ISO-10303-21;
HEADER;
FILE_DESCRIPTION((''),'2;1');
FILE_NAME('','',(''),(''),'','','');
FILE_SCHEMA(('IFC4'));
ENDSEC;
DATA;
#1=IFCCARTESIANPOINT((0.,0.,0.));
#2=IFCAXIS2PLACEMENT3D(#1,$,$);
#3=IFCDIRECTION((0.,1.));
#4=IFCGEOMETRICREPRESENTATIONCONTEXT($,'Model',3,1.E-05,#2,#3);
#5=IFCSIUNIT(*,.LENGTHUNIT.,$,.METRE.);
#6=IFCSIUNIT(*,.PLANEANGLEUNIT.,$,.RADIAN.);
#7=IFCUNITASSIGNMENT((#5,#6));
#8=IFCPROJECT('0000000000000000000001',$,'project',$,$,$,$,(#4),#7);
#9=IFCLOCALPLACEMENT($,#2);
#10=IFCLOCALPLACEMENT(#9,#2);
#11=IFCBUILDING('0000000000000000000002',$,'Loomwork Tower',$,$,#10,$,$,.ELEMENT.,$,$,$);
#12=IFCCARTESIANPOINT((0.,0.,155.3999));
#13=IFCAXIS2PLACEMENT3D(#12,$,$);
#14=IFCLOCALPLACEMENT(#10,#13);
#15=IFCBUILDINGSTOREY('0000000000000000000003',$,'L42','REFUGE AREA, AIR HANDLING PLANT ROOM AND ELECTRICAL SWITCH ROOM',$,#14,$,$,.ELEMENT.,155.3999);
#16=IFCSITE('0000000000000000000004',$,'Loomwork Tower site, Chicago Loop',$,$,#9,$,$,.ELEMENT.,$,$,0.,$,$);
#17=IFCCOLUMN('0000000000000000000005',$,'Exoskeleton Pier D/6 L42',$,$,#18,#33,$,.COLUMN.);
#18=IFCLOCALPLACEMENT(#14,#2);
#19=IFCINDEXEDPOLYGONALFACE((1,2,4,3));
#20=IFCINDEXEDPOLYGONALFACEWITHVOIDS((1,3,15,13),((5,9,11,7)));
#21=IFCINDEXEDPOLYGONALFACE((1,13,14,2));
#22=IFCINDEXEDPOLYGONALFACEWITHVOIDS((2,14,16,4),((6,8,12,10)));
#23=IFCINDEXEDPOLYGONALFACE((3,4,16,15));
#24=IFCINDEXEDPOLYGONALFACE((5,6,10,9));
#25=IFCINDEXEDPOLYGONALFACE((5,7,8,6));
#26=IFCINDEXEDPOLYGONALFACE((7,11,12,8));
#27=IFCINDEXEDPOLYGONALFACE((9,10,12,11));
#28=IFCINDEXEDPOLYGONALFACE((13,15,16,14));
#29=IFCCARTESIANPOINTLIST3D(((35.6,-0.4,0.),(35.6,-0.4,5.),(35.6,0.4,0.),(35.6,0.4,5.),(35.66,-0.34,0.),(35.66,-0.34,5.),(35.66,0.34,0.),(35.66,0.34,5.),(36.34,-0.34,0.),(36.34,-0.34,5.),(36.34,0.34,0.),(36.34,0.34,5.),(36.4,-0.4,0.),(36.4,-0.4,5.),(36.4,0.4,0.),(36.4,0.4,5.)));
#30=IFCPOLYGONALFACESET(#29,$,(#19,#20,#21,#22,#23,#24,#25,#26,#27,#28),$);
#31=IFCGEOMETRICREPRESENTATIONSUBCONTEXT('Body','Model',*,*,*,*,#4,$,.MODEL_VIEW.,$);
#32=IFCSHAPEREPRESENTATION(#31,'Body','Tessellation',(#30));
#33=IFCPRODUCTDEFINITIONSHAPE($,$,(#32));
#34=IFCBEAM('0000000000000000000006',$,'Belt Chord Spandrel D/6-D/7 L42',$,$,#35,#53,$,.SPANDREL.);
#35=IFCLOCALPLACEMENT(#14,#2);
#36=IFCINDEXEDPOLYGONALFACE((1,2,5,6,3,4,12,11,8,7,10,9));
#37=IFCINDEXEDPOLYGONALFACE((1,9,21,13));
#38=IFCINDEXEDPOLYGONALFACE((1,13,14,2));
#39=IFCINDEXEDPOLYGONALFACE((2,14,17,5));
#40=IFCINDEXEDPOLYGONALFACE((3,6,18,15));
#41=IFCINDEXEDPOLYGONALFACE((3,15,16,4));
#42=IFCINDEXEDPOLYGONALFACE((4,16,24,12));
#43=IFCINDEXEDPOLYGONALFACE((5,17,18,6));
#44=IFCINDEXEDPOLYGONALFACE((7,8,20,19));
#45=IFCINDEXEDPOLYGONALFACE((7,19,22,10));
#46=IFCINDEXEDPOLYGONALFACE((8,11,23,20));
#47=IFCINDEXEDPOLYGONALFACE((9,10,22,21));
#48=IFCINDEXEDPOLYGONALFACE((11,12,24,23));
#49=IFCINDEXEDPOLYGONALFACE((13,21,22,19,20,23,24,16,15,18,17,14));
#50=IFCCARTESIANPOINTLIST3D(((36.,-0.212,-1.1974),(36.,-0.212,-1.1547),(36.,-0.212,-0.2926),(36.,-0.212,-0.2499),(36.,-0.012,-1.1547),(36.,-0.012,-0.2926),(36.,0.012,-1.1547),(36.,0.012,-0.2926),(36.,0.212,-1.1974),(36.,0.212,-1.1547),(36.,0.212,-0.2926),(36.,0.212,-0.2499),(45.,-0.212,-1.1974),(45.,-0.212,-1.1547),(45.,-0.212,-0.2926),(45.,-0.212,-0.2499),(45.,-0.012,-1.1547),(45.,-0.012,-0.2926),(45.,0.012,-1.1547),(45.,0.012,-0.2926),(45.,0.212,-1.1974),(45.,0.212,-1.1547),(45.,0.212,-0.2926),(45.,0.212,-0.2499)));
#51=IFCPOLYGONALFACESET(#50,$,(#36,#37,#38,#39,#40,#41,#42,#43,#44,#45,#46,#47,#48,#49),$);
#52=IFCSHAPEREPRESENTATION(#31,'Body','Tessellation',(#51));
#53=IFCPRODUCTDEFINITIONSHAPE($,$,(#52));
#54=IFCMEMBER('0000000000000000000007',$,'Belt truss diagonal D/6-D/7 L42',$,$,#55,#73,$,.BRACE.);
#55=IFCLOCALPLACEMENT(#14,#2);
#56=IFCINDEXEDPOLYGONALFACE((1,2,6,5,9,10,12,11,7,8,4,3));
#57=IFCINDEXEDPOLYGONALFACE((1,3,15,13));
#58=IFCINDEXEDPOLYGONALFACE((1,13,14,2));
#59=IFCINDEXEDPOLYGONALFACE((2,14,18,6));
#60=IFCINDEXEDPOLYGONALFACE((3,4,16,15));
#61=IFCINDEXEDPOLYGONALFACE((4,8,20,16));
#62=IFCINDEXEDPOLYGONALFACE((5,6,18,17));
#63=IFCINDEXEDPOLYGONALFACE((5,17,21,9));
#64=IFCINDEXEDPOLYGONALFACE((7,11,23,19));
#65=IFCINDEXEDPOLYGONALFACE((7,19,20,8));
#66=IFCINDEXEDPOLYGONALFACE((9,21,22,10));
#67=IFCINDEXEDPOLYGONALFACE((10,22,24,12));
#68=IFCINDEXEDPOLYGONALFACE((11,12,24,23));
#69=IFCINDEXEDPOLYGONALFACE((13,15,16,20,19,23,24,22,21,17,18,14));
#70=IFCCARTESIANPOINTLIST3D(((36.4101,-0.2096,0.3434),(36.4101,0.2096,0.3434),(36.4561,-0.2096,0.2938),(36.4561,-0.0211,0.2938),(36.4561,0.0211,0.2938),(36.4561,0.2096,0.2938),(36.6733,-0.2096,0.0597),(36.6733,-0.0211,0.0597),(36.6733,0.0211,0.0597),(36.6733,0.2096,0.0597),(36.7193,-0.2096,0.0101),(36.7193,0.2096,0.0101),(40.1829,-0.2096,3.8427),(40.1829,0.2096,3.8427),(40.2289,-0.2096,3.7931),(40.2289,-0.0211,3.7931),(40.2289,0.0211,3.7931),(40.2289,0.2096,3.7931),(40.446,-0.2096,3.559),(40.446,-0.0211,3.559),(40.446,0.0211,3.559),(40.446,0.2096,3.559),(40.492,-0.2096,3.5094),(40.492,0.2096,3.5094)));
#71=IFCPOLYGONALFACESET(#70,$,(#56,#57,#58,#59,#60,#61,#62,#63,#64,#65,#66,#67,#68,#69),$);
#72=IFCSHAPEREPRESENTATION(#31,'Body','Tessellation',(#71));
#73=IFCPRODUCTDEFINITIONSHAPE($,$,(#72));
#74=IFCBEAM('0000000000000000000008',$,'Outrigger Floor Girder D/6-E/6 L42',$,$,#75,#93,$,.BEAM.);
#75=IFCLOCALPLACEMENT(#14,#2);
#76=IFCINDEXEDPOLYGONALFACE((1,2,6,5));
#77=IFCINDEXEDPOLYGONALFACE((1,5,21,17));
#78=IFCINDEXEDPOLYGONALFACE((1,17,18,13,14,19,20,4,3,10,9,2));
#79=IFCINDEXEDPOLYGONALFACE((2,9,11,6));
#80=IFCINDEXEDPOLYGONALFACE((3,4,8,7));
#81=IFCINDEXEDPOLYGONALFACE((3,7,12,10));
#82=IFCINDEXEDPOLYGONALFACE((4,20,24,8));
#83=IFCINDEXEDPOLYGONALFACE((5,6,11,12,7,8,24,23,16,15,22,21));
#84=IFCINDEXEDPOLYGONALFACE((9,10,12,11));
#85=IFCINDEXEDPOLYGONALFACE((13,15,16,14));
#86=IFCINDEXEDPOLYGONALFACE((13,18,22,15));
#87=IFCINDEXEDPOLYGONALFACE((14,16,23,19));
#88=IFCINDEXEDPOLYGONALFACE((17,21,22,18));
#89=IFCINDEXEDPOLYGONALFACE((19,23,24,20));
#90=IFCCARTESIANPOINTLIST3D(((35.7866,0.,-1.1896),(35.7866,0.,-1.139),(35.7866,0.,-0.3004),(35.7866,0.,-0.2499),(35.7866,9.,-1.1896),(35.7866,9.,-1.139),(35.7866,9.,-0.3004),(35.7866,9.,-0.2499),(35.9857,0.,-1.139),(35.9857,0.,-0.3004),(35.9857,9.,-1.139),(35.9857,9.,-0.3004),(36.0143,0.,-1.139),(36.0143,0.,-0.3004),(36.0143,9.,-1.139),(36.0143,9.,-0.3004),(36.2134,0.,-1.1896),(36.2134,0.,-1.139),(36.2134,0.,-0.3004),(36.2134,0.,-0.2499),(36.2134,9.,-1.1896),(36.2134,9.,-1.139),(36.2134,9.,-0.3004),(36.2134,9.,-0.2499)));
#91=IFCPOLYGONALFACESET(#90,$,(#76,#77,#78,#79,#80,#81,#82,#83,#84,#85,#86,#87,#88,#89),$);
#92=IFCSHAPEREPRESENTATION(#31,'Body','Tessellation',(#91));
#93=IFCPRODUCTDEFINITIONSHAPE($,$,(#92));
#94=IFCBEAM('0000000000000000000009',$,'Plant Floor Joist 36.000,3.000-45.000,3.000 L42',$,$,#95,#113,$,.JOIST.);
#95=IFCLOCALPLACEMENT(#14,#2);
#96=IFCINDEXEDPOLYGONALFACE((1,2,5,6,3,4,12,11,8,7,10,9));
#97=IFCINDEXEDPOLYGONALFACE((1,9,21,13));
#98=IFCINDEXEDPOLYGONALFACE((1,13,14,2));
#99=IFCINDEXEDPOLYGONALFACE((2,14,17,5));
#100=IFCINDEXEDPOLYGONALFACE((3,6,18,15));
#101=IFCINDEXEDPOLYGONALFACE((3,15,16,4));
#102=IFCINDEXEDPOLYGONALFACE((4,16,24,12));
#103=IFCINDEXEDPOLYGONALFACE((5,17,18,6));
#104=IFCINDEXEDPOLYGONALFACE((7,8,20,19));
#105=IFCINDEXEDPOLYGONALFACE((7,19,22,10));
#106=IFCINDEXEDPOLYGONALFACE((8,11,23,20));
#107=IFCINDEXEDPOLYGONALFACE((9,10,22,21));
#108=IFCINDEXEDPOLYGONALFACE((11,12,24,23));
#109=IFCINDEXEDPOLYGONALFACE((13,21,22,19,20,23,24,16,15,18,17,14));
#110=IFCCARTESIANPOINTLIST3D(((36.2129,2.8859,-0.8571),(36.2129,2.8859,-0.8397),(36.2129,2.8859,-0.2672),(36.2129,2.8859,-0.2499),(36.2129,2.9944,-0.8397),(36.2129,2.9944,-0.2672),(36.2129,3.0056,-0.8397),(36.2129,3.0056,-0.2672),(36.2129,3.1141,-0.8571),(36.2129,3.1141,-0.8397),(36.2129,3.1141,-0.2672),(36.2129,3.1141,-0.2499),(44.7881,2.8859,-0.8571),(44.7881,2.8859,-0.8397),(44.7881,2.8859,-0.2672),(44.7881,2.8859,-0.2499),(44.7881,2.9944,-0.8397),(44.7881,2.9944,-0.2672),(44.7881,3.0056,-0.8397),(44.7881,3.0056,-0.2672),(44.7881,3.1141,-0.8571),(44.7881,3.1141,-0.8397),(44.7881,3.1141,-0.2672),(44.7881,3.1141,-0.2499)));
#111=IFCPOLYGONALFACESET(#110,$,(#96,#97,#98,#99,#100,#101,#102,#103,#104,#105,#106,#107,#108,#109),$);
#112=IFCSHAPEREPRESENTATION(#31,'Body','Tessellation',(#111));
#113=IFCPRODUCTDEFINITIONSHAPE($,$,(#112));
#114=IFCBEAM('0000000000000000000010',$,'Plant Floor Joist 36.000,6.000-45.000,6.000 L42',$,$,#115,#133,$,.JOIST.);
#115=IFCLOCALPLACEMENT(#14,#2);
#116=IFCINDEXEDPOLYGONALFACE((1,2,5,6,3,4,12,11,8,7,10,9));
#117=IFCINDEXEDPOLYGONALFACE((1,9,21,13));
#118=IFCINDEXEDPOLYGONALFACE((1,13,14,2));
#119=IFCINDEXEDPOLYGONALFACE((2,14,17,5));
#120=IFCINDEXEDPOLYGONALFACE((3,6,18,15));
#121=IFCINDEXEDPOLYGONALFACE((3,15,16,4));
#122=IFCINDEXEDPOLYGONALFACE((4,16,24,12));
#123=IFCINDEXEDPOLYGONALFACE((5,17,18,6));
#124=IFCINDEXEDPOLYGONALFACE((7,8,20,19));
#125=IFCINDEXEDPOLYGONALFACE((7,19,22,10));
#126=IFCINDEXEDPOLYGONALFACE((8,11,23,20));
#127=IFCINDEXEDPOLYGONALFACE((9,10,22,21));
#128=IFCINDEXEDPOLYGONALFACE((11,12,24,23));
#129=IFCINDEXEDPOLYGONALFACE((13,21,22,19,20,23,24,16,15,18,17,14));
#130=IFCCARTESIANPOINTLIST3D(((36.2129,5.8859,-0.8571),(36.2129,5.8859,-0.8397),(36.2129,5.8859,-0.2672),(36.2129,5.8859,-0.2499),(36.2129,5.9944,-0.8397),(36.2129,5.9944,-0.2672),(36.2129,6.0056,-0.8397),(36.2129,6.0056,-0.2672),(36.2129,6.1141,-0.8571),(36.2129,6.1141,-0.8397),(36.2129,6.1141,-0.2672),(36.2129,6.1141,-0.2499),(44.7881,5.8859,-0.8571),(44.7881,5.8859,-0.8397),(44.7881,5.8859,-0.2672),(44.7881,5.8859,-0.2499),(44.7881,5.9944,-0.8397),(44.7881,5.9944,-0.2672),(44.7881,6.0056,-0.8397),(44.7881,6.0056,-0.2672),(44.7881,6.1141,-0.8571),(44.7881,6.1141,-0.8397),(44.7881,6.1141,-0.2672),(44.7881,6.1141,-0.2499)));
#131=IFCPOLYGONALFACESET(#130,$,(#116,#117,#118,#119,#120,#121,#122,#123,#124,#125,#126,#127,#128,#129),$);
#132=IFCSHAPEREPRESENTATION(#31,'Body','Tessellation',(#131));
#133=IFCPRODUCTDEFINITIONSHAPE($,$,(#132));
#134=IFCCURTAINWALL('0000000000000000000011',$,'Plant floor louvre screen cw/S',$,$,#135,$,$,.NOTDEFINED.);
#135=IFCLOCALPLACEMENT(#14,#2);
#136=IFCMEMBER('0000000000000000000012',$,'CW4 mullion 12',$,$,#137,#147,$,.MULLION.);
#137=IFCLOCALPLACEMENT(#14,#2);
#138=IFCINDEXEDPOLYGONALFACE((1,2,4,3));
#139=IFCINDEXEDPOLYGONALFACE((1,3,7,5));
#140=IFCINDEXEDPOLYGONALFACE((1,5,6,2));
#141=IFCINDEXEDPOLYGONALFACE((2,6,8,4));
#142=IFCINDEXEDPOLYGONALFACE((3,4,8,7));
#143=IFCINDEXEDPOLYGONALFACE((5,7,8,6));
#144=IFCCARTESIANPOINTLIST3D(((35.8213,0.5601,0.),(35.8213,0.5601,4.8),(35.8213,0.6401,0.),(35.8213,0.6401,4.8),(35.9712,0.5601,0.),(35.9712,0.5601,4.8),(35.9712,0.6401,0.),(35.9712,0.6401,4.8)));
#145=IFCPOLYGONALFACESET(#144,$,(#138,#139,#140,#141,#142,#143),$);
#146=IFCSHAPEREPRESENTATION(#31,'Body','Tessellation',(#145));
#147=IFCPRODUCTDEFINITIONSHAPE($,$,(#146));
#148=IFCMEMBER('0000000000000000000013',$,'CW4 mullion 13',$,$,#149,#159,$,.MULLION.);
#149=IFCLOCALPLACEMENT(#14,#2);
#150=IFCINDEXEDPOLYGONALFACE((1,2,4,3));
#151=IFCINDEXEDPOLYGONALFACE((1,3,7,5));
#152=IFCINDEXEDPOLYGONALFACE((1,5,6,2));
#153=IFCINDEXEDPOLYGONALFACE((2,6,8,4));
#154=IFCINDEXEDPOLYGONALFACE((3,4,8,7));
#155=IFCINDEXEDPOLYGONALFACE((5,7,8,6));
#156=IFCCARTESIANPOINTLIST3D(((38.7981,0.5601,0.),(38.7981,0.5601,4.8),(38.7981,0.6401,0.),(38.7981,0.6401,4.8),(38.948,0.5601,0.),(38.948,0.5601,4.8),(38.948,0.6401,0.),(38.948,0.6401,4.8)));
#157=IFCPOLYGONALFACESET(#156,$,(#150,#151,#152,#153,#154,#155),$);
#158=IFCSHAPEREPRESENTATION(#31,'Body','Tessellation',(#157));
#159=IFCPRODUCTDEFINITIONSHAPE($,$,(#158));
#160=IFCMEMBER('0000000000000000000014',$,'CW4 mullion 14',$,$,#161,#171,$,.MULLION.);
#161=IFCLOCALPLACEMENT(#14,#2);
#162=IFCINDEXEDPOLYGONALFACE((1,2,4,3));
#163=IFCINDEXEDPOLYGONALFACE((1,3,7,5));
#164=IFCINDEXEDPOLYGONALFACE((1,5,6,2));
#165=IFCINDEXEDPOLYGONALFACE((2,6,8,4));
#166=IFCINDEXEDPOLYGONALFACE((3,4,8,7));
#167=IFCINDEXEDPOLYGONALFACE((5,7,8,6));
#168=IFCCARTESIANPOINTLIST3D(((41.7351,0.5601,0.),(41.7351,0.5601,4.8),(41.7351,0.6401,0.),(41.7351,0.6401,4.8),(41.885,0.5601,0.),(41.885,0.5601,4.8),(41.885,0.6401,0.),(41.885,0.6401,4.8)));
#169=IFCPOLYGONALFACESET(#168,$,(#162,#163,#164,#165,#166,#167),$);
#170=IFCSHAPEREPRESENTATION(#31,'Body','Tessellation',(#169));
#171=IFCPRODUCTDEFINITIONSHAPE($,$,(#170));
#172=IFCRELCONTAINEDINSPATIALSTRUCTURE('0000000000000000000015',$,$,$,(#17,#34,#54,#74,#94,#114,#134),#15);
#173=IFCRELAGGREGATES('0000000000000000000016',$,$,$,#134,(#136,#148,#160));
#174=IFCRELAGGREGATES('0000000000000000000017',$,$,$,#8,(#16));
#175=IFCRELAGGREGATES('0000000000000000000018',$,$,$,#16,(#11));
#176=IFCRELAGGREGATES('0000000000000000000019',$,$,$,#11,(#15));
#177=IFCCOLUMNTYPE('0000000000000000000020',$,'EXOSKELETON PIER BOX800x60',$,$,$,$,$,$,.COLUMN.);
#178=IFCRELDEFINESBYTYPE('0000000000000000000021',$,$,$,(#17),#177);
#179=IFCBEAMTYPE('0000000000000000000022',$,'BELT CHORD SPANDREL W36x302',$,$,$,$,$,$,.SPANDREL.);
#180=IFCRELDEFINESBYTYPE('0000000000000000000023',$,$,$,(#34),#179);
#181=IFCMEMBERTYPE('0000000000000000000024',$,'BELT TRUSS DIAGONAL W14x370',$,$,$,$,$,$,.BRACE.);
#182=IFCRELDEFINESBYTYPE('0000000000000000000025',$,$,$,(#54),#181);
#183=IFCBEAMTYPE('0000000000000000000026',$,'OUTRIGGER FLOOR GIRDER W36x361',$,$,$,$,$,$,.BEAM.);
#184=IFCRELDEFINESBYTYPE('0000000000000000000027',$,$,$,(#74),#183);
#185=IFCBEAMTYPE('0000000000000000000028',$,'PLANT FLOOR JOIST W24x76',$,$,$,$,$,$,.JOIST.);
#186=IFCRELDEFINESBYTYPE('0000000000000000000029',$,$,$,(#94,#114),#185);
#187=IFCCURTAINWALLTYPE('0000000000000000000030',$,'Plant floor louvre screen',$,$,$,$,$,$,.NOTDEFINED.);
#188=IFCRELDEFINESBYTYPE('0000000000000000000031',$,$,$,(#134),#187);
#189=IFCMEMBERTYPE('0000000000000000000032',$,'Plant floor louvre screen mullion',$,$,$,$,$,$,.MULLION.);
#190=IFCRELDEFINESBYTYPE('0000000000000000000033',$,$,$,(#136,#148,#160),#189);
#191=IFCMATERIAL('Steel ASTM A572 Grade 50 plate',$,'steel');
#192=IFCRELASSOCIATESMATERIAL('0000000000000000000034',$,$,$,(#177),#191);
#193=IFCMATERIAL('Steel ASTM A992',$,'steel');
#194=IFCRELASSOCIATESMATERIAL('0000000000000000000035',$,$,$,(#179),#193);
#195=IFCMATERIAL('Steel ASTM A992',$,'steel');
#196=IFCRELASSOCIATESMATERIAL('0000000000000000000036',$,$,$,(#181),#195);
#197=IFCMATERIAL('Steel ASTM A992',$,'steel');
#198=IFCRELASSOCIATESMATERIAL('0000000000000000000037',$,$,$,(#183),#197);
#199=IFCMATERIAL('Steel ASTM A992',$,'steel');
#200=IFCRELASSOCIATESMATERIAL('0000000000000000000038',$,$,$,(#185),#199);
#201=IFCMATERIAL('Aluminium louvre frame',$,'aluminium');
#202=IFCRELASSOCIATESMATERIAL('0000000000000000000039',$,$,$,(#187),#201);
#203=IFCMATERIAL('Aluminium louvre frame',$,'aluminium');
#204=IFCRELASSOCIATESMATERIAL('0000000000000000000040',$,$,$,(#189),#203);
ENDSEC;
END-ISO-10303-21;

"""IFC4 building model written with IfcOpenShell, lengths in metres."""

from ifc_helpers import new_model, si_unit, direction, frame, origin, origin_2d, place, context, subcontext, project, spatial, rectangle, hollow_rectangle, i_section, extrude, material, material_profile, profile_set, type_object, element, aggregate, save


model = new_model("IFC4")

# Units and contexts
model_context = context("Model", 3, precision=1e-05, world=origin(), true_north=direction((0.0, 1.0)))
body_context = subcontext(model_context, "Body", "Model", "MODEL_VIEW")
ifc_project = project(units=[si_unit("LENGTHUNIT", "METRE"), si_unit("PLANEANGLEUNIT", "RADIAN")], contexts=[model_context])

# Site, building, storey
site_placement = place(None, origin())
site = spatial("IfcSite", under=ifc_project, at=site_placement, Name="Loomwork Tower site, Chicago Loop", CompositionType="ELEMENT", RefElevation=0.0)
building_placement = place(site_placement, origin())
building = spatial("IfcBuilding", under=site, at=building_placement, Name="Loomwork Tower", CompositionType="ELEMENT")
storey_placement = place(building_placement, frame((0.0, 0.0, 155.3999)))
storey = spatial("IfcBuildingStorey", under=building, at=storey_placement, Name="L42", Description="REFUGE AREA, AIR HANDLING PLANT ROOM AND ELECTRICAL SWITCH ROOM", CompositionType="ELEMENT", Elevation=155.3999)

# Column
ifc_material_1 = material(Name="Steel ASTM A572 Grade 50 plate", Category="steel")
ifc_material_profile_1 = material_profile(ifc_material_1, hollow_rectangle(XDim=0.8, YDim=0.8, WallThickness=0.0601, at=origin_2d()), Name="BOX800x60")
ifc_profile_set_1 = profile_set([ifc_material_profile_1], Name="Steel ASTM A572 Grade 50 plate")
column_type = type_object("IfcColumnType", Name="EXOSKELETON PIER BOX800x60", PredefinedType="COLUMN", material=ifc_profile_set_1)
column_placement = place(storey_placement, frame((36.0, 0.0, 0.0), z_axis=(0.0, 0.0, 1.0), x_axis=(1.0, 0.0, 0.0)))
element("IfcColumn", 1, at=column_placement, inside=storey, type_object=column_type, Name="Exoskeleton Pier D/6 L42", PredefinedType="COLUMN", context=body_context, shape_type="SweptSolid", body=[
    extrude(hollow_rectangle(XDim=0.8, YDim=0.8, WallThickness=0.0601, at=origin_2d()), origin(), (0.0, 0.0, 1.0), 5.0),
])

# Beam
ifc_material_2 = material(Name="Steel ASTM A992", Category="steel")
ifc_material_profile_2 = material_profile(ifc_material_2, i_section(OverallWidth=0.4241, OverallDepth=0.9475, WebThickness=0.0239, FlangeThickness=0.0427, at=origin_2d()), Name="W36x302")
ifc_profile_set_2 = profile_set([ifc_material_profile_2], Name="Steel ASTM A992")
beam_type_1 = type_object("IfcBeamType", Name="BELT CHORD SPANDREL W36x302", PredefinedType="SPANDREL", material=ifc_profile_set_2)
beam_1_placement = place(storey_placement, frame((36.0, 0.0, -0.7236), z_axis=(1.0, 0.0, 0.0), x_axis=(0.0, 1.0, 0.0)))
element("IfcBeam", 2, at=beam_1_placement, inside=storey, type_object=beam_type_1, Name="Belt Chord Spandrel D/6-D/7 L42", PredefinedType="SPANDREL", context=body_context, shape_type="SweptSolid", body=[
    extrude(i_section(OverallWidth=0.4241, OverallDepth=0.9475, WebThickness=0.0239, FlangeThickness=0.0427, at=origin_2d()), origin(), (0.0, 0.0, 1.0), 9.0),
])

# Member
ifc_material_3 = material(Name="Steel ASTM A992", Category="steel")
ifc_material_profile_3 = material_profile(ifc_material_3, i_section(OverallWidth=0.4192, OverallDepth=0.4546, WebThickness=0.0422, FlangeThickness=0.0676, at=origin_2d()), Name="W14x370")
ifc_profile_set_3 = profile_set([ifc_material_profile_3], Name="Steel ASTM A992")
member_type_1 = type_object("IfcMemberType", Name="BELT TRUSS DIAGONAL W14x370", PredefinedType="BRACE", material=ifc_profile_set_3)
member_1_placement = place(storey_placement, frame((36.5647, 0.0, 0.1768), z_axis=(0.733177, 0.0, 0.680038), x_axis=(0.0, 1.0, 0.0)))
element("IfcMember", 3, at=member_1_placement, inside=storey, type_object=member_type_1, Name="Belt truss diagonal D/6-D/7 L42", PredefinedType="BRACE", context=body_context, shape_type="SweptSolid", body=[
    extrude(i_section(OverallWidth=0.4192, OverallDepth=0.4546, WebThickness=0.0422, FlangeThickness=0.0676, at=origin_2d()), origin(), (0.0, 0.0, 1.0), 5.1458),
])

# Beams
ifc_material_4 = material(Name="Steel ASTM A992", Category="steel")
ifc_material_profile_4 = material_profile(ifc_material_4, i_section(OverallWidth=0.4268, OverallDepth=0.9397, WebThickness=0.0286, FlangeThickness=0.0505, at=origin_2d()), Name="W36x361")
ifc_profile_set_4 = profile_set([ifc_material_profile_4], Name="Steel ASTM A992")
beam_type_2 = type_object("IfcBeamType", Name="OUTRIGGER FLOOR GIRDER W36x361", PredefinedType="BEAM", material=ifc_profile_set_4)
beam_2_placement = place(storey_placement, frame((36.0, 0.0, -0.7197), z_axis=(0.0, 1.0, 0.0), x_axis=(-1.0, 0.0, 0.0)))
element("IfcBeam", 4, at=beam_2_placement, inside=storey, type_object=beam_type_2, Name="Outrigger Floor Girder D/6-E/6 L42", PredefinedType="BEAM", context=body_context, shape_type="SweptSolid", body=[
    extrude(i_section(OverallWidth=0.4268, OverallDepth=0.9397, WebThickness=0.0286, FlangeThickness=0.0505, at=origin_2d()), origin(), (0.0, 0.0, 1.0), 9.0),
])
ifc_material_5 = material(Name="Steel ASTM A992", Category="steel")
ifc_material_profile_5 = material_profile(ifc_material_5, i_section(OverallWidth=0.2283, OverallDepth=0.6072, WebThickness=0.0112, FlangeThickness=0.0173, at=origin_2d()), Name="W24x76")
ifc_profile_set_5 = profile_set([ifc_material_profile_5], Name="Steel ASTM A992")
beam_type_3 = type_object("IfcBeamType", Name="PLANT FLOOR JOIST W24x76", PredefinedType="JOIST", material=ifc_profile_set_5)
for number, where, z_axis, x_axis, name in (
    (5, (36.2129, 3.0, -0.5535), (1.0, 0.0, 0.0), (0.0, 1.0, 0.0), "Plant Floor Joist 36.000,3.000-45.000,3.000 L42"),
    (6, (36.2129, 6.0, -0.5535), (1.0, 0.0, 0.0), (0.0, 1.0, 0.0), "Plant Floor Joist 36.000,6.000-45.000,6.000 L42"),
):
    element("IfcBeam", number, at=place(storey_placement, frame(where, z_axis=z_axis, x_axis=x_axis)), inside=storey, type_object=beam_type_3, Name=name, PredefinedType="JOIST", context=body_context, shape_type="SweptSolid", body=[
        extrude(i_section(OverallWidth=0.2283, OverallDepth=0.6072, WebThickness=0.0112, FlangeThickness=0.0173, at=origin_2d()), origin(), (0.0, 0.0, 1.0), 8.5752),
    ])

# Curtain wall, members
ifc_material_6 = material(Name="Aluminium louvre frame", Category="aluminium")
curtain_wall_type = type_object("IfcCurtainWallType", Name="Plant floor louvre screen", PredefinedType="NOTDEFINED", material=ifc_material_6)
curtain_wall_placement = place(storey_placement, origin())
curtain_wall = element("IfcCurtainWall", 7, at=curtain_wall_placement, inside=storey, type_object=curtain_wall_type, Name="Plant floor louvre screen cw/S", PredefinedType="NOTDEFINED")
ifc_material_7 = material(Name="Aluminium louvre frame", Category="aluminium")
ifc_material_profile_6 = material_profile(ifc_material_7, rectangle(XDim=0.0801, YDim=0.1499, at=origin_2d()), Name="AL 80x150")
ifc_profile_set_6 = profile_set([ifc_material_profile_6], Name="Aluminium louvre frame")
member_type_2 = type_object("IfcMemberType", Name="Plant floor louvre screen mullion", PredefinedType="MULLION", material=ifc_profile_set_6)
member_2_placement = place(storey_placement, frame((35.8962, 0.6001, 0.0), z_axis=(0.0, 0.0, 1.0), x_axis=(0.0, 1.0, 0.0)))
member_2 = element("IfcMember", 8, at=member_2_placement, type_object=member_type_2, Name="CW4 mullion 12", PredefinedType="MULLION", context=body_context, shape_type="SweptSolid", body=[
    extrude(rectangle(XDim=0.0801, YDim=0.1499, at=origin_2d()), origin(), (0.0, 0.0, 1.0), 4.8),
])
member_3_placement = place(storey_placement, frame((38.873, 0.6001, 0.0), z_axis=(0.0, 0.0, 1.0), x_axis=(0.0, 1.0, 0.0)))
member_3 = element("IfcMember", 9, at=member_3_placement, type_object=member_type_2, Name="CW4 mullion 13", PredefinedType="MULLION", context=body_context, shape_type="SweptSolid", body=[
    extrude(rectangle(XDim=0.0801, YDim=0.1499, at=origin_2d()), origin(), (0.0, 0.0, 1.0), 4.8),
])
member_4_placement = place(storey_placement, frame((41.8101, 0.6001, 0.0), z_axis=(0.0, 0.0, 1.0), x_axis=(0.0, 1.0, 0.0)))
member_4 = element("IfcMember", 10, at=member_4_placement, type_object=member_type_2, Name="CW4 mullion 14", PredefinedType="MULLION", context=body_context, shape_type="SweptSolid", body=[
    extrude(rectangle(XDim=0.0801, YDim=0.1499, at=origin_2d()), origin(), (0.0, 0.0, 1.0), 4.8),
])
aggregate(curtain_wall, [member_2, member_3, member_4])

save(model, "model.ifc")
